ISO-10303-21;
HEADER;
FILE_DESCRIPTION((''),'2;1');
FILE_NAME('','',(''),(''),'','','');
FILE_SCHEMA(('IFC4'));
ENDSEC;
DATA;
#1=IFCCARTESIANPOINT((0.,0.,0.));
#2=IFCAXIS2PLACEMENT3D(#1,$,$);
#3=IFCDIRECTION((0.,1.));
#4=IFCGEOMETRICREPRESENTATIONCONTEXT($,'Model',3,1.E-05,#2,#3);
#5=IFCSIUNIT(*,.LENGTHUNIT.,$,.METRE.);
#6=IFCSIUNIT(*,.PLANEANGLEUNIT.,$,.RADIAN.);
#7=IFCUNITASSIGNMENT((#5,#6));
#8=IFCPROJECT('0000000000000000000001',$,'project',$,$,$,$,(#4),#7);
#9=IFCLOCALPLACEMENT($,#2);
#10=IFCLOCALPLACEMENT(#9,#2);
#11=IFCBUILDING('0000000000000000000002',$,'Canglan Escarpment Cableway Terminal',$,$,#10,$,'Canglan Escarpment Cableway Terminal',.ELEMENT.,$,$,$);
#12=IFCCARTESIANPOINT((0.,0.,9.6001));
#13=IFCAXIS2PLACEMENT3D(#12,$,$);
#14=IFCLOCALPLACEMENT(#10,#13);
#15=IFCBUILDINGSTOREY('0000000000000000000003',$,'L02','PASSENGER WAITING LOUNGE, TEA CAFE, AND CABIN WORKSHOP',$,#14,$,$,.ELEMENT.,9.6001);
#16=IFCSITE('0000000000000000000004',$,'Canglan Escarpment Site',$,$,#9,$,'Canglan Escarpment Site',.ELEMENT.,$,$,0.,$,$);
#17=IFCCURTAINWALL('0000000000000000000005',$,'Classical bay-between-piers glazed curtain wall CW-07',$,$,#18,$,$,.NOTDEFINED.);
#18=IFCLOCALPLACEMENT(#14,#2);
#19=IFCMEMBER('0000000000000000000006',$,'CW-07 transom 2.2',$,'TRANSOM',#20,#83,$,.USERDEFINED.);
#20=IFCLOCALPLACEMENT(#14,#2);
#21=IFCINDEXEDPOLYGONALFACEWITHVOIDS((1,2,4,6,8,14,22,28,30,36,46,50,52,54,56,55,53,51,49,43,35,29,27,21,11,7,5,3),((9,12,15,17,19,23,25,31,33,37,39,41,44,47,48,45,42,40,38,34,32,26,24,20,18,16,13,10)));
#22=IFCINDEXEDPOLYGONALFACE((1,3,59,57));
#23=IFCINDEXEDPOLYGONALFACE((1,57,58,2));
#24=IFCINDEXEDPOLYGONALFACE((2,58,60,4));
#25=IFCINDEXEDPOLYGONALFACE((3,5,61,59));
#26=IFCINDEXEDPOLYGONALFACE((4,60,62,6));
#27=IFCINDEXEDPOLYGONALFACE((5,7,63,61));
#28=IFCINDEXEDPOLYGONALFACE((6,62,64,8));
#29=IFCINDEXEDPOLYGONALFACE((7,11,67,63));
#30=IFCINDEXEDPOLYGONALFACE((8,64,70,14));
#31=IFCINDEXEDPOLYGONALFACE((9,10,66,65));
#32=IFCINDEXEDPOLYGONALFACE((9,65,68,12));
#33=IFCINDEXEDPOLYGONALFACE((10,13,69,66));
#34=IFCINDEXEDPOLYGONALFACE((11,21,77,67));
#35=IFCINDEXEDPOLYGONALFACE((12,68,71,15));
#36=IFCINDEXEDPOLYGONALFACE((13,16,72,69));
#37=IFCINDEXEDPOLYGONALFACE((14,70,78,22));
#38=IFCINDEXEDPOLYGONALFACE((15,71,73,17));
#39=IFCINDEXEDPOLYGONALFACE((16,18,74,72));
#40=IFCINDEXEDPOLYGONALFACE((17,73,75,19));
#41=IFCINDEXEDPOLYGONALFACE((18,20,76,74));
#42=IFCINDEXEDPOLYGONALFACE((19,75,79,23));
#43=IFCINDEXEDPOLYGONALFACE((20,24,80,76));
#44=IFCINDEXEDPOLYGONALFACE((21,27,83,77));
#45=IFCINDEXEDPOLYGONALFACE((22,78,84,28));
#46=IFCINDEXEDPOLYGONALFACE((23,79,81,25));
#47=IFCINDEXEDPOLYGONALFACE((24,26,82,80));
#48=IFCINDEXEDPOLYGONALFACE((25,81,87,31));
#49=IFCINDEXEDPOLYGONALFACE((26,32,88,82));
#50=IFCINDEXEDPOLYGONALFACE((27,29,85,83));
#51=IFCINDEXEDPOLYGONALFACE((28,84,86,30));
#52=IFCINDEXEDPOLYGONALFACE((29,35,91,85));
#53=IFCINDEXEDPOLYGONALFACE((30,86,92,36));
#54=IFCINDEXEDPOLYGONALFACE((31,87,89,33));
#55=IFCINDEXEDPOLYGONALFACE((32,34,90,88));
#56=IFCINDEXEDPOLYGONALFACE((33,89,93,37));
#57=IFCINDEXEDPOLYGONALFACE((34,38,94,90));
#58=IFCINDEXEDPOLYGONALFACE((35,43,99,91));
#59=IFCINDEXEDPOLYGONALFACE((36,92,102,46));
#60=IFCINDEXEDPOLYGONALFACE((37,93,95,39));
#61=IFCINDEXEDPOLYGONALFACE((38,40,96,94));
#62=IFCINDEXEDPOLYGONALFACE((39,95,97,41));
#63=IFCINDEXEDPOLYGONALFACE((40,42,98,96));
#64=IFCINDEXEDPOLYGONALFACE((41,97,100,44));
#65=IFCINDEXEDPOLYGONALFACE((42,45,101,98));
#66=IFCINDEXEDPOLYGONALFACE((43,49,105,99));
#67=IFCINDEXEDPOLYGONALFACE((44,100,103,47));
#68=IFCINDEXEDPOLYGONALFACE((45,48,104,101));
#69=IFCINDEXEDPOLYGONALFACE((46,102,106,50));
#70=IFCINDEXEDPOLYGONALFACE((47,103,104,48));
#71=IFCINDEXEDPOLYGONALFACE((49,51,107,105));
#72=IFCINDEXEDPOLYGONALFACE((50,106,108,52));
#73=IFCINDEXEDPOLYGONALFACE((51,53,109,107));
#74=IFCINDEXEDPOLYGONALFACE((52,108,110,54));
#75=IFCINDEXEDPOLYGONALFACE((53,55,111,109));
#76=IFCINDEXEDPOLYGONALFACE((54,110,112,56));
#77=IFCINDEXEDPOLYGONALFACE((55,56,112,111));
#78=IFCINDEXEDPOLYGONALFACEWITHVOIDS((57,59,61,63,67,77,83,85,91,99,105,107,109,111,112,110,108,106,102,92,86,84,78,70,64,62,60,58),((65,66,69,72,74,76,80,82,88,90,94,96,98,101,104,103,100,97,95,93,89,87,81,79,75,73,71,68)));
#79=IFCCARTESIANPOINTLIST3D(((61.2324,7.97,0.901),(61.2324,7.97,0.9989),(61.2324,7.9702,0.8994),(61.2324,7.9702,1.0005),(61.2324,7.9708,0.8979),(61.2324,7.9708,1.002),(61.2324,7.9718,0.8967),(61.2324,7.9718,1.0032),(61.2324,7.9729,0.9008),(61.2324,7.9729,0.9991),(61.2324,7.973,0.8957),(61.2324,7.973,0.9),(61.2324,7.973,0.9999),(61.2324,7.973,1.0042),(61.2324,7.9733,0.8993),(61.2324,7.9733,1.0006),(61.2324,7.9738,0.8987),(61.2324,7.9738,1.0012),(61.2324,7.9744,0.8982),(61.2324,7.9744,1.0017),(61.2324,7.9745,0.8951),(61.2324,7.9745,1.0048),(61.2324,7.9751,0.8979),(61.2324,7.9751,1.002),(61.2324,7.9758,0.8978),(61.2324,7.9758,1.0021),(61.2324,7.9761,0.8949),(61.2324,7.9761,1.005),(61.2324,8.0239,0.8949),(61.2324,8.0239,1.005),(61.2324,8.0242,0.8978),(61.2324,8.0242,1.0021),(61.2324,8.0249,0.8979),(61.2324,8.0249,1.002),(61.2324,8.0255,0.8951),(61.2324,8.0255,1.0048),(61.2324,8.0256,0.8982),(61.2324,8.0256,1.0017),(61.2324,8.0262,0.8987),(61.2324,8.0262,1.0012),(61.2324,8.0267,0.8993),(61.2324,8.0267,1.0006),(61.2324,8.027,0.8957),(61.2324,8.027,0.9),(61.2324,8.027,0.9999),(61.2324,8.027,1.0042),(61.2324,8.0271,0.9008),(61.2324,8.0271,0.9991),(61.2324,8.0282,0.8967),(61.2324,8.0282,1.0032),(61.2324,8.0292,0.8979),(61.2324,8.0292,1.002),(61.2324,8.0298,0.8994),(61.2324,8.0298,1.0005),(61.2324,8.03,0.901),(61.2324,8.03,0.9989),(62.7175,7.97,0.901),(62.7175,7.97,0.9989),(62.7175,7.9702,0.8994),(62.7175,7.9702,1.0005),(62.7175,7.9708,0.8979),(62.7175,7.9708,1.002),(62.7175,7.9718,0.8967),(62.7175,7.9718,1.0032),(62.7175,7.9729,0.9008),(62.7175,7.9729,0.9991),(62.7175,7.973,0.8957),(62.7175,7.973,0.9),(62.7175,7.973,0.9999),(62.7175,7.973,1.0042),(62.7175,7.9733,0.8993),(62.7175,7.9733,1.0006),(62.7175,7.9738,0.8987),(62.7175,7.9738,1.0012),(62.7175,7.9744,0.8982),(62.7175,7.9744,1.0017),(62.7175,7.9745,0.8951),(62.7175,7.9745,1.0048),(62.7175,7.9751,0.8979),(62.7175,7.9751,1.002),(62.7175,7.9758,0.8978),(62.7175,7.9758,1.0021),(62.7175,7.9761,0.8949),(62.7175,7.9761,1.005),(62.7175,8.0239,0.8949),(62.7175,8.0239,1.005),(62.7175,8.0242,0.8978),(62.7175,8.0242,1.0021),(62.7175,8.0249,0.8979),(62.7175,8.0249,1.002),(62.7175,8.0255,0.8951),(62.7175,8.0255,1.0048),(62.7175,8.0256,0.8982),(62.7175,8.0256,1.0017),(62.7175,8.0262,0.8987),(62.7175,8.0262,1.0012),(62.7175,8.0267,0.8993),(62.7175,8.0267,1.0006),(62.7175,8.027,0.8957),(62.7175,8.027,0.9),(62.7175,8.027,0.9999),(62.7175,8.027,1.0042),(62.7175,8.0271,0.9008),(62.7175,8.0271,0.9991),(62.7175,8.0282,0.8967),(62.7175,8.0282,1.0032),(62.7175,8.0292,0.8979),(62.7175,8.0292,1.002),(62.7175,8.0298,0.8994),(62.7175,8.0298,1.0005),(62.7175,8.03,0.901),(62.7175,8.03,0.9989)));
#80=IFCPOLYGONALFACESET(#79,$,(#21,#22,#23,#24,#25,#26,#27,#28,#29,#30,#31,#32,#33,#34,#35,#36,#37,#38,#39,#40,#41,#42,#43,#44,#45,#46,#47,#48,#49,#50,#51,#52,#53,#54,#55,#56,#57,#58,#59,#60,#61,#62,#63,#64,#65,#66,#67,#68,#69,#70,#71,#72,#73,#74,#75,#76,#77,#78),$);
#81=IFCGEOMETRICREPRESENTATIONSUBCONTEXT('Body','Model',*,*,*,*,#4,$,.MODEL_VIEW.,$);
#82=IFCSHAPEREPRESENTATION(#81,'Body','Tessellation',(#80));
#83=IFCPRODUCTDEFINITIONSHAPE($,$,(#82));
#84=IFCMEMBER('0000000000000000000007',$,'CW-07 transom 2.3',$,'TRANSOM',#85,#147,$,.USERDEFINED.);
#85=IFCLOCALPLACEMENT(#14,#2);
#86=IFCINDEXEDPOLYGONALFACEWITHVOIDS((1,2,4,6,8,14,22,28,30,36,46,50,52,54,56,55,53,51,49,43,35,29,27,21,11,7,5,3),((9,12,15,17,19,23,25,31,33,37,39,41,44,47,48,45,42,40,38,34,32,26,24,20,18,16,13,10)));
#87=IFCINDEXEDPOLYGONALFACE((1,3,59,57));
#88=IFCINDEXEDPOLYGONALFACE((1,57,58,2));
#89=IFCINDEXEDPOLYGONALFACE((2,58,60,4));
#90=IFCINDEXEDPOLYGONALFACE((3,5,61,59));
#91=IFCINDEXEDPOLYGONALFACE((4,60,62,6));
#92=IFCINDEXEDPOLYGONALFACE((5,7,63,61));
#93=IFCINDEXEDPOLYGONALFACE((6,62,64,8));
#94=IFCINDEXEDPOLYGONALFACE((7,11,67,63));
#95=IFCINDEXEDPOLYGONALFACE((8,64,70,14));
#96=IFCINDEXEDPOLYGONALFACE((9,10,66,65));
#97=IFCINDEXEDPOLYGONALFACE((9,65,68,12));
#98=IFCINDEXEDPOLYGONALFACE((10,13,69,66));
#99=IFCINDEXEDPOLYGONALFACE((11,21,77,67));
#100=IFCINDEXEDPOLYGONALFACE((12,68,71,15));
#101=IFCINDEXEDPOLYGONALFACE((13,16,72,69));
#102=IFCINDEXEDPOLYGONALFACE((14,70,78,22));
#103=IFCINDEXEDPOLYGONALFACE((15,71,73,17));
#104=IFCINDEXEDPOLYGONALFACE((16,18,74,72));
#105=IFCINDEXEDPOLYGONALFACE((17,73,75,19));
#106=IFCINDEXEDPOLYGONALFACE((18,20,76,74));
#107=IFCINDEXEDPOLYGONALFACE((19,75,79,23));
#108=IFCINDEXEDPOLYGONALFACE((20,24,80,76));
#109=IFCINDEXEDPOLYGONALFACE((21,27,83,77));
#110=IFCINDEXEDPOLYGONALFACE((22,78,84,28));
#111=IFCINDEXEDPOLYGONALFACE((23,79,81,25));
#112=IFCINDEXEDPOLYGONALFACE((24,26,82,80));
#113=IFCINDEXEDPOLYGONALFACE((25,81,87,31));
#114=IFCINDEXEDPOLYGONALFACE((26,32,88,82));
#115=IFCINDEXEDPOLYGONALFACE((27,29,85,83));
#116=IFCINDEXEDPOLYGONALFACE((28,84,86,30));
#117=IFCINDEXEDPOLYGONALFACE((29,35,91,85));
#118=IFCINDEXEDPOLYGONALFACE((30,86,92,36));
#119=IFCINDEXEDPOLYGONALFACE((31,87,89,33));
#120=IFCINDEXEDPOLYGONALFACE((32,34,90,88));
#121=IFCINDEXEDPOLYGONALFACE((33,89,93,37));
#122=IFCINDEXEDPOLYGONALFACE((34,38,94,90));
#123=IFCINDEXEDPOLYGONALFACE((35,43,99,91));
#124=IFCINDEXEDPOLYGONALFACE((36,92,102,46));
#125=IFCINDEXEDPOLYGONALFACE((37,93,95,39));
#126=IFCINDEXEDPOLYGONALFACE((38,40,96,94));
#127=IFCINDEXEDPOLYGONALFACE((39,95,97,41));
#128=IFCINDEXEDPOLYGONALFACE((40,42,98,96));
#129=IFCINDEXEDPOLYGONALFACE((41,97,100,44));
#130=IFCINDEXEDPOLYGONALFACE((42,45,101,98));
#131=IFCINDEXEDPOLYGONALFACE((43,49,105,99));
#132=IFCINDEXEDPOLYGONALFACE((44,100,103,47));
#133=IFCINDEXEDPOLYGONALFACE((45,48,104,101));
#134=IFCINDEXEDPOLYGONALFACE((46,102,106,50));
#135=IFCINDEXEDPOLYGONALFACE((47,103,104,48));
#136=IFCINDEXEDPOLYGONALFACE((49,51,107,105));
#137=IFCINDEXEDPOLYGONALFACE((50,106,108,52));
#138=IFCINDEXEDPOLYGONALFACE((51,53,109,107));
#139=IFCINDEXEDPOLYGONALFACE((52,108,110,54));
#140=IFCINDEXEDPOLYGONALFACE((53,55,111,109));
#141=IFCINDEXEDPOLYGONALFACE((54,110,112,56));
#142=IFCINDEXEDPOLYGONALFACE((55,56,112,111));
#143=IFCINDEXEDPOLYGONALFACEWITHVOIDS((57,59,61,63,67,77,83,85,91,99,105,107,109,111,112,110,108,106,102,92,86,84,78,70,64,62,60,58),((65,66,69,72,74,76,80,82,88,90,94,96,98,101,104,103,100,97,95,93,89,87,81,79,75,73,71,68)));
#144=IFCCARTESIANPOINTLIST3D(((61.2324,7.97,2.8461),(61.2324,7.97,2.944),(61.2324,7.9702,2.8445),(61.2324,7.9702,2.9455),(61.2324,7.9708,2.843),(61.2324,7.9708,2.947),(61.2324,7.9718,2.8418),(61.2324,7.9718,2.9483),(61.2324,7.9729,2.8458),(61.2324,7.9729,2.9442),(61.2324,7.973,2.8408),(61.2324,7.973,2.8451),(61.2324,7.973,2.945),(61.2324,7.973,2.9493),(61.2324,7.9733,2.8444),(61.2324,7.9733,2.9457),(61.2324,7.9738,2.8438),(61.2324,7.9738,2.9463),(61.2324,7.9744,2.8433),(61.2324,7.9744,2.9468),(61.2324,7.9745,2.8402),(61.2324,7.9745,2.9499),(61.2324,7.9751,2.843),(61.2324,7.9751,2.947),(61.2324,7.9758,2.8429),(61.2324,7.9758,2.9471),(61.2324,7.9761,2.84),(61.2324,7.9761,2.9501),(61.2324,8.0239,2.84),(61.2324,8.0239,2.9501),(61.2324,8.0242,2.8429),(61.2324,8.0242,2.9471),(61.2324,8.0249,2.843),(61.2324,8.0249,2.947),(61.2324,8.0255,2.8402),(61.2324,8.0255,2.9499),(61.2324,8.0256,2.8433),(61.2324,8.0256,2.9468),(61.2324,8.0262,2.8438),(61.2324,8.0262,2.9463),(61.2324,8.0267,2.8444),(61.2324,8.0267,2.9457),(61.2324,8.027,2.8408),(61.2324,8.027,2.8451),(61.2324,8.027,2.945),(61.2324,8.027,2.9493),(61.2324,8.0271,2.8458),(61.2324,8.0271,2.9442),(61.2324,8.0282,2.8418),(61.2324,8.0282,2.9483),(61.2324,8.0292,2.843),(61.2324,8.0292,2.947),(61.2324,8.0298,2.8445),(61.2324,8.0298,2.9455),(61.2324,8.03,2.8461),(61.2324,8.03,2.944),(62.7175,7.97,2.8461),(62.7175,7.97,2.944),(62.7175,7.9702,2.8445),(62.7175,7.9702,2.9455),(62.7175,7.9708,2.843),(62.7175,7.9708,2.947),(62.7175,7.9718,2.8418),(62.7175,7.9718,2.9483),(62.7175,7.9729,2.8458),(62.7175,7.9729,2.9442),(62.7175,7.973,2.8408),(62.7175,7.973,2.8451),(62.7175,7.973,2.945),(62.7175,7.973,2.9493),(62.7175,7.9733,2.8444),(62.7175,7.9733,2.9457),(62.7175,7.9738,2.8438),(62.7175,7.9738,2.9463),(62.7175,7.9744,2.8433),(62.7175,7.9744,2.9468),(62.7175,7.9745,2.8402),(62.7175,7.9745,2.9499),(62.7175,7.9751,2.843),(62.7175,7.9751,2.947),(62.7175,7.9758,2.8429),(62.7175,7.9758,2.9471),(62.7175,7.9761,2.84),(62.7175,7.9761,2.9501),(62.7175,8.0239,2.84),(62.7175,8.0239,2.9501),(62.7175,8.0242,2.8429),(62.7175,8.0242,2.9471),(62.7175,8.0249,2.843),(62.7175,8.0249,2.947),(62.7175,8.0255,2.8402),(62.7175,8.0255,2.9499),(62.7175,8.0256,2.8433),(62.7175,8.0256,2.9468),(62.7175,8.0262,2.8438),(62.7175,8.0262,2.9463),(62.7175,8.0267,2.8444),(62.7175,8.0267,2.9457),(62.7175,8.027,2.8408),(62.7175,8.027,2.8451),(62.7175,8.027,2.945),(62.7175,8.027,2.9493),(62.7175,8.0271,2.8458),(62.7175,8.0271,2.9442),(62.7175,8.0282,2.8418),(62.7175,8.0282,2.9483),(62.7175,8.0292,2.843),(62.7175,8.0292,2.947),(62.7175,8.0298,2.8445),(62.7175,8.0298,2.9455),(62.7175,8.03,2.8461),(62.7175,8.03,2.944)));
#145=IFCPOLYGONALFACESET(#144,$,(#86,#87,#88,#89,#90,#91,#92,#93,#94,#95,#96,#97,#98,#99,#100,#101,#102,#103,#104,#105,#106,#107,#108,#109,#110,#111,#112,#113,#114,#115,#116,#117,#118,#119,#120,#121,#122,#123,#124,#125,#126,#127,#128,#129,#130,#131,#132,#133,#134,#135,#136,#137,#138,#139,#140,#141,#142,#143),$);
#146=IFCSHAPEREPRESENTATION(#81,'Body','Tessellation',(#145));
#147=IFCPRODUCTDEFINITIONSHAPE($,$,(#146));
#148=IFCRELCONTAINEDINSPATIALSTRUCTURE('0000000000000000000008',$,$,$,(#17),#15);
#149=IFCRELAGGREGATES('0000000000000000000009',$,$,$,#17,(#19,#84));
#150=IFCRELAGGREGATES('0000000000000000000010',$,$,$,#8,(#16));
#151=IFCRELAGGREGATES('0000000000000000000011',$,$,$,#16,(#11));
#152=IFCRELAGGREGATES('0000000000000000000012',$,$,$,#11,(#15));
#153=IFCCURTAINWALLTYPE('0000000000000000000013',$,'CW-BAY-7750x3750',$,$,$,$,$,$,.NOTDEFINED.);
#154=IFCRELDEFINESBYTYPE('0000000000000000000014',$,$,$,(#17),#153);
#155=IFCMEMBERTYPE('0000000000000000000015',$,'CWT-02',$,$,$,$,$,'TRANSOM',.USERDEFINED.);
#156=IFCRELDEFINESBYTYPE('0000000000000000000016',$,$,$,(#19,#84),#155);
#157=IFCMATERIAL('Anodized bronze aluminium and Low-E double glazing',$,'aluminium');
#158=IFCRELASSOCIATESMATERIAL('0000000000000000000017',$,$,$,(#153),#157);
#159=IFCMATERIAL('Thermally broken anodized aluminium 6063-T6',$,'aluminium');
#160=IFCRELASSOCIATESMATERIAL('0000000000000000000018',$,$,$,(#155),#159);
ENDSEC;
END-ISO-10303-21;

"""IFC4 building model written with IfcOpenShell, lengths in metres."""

from ifc_helpers import new_model, si_unit, direction, frame, origin, origin_2d, place, context, subcontext, project, spatial, hollow_rectangle, extrude, material, material_profile, profile_set, type_object, element, aggregate, save


model = new_model("IFC4")

# Units and contexts
model_context = context("Model", 3, precision=1e-05, world=origin(), true_north=direction((0.0, 1.0)))
body_context = subcontext(model_context, "Body", "Model", "MODEL_VIEW")
ifc_project = project(units=[si_unit("LENGTHUNIT", "METRE"), si_unit("PLANEANGLEUNIT", "RADIAN")], contexts=[model_context])

# Site, building, storey
site_placement = place(None, origin())
site = spatial("IfcSite", under=ifc_project, at=site_placement, Name="Canglan Escarpment Site", LongName="Canglan Escarpment Site", CompositionType="ELEMENT", RefElevation=0.0)
building_placement = place(site_placement, origin())
building = spatial("IfcBuilding", under=site, at=building_placement, Name="Canglan Escarpment Cableway Terminal", LongName="Canglan Escarpment Cableway Terminal", CompositionType="ELEMENT")
storey_placement = place(building_placement, frame((0.0, 0.0, 9.6001)))
storey = spatial("IfcBuildingStorey", under=building, at=storey_placement, Name="L02", Description="PASSENGER WAITING LOUNGE, TEA CAFE, AND CABIN WORKSHOP", CompositionType="ELEMENT", Elevation=9.6001)

# Curtain wall, members
ifc_material_1 = material(Name="Anodized bronze aluminium and Low-E double glazing", Category="aluminium")
curtain_wall_type = type_object("IfcCurtainWallType", Name="CW-BAY-7750x3750", PredefinedType="NOTDEFINED", material=ifc_material_1)
curtain_wall_placement = place(storey_placement, origin())
curtain_wall = element("IfcCurtainWall", 1, at=curtain_wall_placement, inside=storey, type_object=curtain_wall_type, Name="Classical bay-between-piers glazed curtain wall CW-07", PredefinedType="NOTDEFINED")
ifc_material_2 = material(Name="Thermally broken anodized aluminium 6063-T6", Category="aluminium")
ifc_material_profile_1 = material_profile(ifc_material_2, hollow_rectangle(XDim=0.0601, YDim=0.1101, WallThickness=0.0029, InnerFilletRadius=0.0029, OuterFilletRadius=0.0061, at=origin_2d()), Name="ALU-TRAN 60x110x3")
ifc_profile_set_1 = profile_set([ifc_material_profile_1], Name="Thermally broken anodized aluminium 6063-T6")
member_type_1 = type_object("IfcMemberType", Name="CWT-02", ElementType="TRANSOM", PredefinedType="USERDEFINED", material=ifc_profile_set_1)
member_1_placement = place(storey_placement, frame((61.2324, 8.0, 0.95), z_axis=(1.0, 0.0, 0.0), x_axis=(0.0, 1.0, 0.0)))
member_1 = element("IfcMember", 2, at=member_1_placement, type_object=member_type_1, Name="CW-07 transom 2.2", ObjectType="TRANSOM", PredefinedType="USERDEFINED", context=body_context, shape_type="SweptSolid", body=[
    extrude(hollow_rectangle(XDim=0.0601, YDim=0.1101, WallThickness=0.0029, InnerFilletRadius=0.0029, OuterFilletRadius=0.0061, at=origin_2d()), origin(), (0.0, 0.0, 1.0), 1.4851),
])
member_2_placement = place(storey_placement, frame((61.2324, 8.0, 2.895), z_axis=(1.0, 0.0, 0.0), x_axis=(0.0, 1.0, 0.0)))
member_2 = element("IfcMember", 3, at=member_2_placement, type_object=member_type_1, Name="CW-07 transom 2.3", ObjectType="TRANSOM", PredefinedType="USERDEFINED", context=body_context, shape_type="SweptSolid", body=[
    extrude(hollow_rectangle(XDim=0.0601, YDim=0.1101, WallThickness=0.0029, InnerFilletRadius=0.0029, OuterFilletRadius=0.0061, at=origin_2d()), origin(), (0.0, 0.0, 1.0), 1.4851),
])

aggregate(curtain_wall, [member_1, member_2])

save(model, "model.ifc")
